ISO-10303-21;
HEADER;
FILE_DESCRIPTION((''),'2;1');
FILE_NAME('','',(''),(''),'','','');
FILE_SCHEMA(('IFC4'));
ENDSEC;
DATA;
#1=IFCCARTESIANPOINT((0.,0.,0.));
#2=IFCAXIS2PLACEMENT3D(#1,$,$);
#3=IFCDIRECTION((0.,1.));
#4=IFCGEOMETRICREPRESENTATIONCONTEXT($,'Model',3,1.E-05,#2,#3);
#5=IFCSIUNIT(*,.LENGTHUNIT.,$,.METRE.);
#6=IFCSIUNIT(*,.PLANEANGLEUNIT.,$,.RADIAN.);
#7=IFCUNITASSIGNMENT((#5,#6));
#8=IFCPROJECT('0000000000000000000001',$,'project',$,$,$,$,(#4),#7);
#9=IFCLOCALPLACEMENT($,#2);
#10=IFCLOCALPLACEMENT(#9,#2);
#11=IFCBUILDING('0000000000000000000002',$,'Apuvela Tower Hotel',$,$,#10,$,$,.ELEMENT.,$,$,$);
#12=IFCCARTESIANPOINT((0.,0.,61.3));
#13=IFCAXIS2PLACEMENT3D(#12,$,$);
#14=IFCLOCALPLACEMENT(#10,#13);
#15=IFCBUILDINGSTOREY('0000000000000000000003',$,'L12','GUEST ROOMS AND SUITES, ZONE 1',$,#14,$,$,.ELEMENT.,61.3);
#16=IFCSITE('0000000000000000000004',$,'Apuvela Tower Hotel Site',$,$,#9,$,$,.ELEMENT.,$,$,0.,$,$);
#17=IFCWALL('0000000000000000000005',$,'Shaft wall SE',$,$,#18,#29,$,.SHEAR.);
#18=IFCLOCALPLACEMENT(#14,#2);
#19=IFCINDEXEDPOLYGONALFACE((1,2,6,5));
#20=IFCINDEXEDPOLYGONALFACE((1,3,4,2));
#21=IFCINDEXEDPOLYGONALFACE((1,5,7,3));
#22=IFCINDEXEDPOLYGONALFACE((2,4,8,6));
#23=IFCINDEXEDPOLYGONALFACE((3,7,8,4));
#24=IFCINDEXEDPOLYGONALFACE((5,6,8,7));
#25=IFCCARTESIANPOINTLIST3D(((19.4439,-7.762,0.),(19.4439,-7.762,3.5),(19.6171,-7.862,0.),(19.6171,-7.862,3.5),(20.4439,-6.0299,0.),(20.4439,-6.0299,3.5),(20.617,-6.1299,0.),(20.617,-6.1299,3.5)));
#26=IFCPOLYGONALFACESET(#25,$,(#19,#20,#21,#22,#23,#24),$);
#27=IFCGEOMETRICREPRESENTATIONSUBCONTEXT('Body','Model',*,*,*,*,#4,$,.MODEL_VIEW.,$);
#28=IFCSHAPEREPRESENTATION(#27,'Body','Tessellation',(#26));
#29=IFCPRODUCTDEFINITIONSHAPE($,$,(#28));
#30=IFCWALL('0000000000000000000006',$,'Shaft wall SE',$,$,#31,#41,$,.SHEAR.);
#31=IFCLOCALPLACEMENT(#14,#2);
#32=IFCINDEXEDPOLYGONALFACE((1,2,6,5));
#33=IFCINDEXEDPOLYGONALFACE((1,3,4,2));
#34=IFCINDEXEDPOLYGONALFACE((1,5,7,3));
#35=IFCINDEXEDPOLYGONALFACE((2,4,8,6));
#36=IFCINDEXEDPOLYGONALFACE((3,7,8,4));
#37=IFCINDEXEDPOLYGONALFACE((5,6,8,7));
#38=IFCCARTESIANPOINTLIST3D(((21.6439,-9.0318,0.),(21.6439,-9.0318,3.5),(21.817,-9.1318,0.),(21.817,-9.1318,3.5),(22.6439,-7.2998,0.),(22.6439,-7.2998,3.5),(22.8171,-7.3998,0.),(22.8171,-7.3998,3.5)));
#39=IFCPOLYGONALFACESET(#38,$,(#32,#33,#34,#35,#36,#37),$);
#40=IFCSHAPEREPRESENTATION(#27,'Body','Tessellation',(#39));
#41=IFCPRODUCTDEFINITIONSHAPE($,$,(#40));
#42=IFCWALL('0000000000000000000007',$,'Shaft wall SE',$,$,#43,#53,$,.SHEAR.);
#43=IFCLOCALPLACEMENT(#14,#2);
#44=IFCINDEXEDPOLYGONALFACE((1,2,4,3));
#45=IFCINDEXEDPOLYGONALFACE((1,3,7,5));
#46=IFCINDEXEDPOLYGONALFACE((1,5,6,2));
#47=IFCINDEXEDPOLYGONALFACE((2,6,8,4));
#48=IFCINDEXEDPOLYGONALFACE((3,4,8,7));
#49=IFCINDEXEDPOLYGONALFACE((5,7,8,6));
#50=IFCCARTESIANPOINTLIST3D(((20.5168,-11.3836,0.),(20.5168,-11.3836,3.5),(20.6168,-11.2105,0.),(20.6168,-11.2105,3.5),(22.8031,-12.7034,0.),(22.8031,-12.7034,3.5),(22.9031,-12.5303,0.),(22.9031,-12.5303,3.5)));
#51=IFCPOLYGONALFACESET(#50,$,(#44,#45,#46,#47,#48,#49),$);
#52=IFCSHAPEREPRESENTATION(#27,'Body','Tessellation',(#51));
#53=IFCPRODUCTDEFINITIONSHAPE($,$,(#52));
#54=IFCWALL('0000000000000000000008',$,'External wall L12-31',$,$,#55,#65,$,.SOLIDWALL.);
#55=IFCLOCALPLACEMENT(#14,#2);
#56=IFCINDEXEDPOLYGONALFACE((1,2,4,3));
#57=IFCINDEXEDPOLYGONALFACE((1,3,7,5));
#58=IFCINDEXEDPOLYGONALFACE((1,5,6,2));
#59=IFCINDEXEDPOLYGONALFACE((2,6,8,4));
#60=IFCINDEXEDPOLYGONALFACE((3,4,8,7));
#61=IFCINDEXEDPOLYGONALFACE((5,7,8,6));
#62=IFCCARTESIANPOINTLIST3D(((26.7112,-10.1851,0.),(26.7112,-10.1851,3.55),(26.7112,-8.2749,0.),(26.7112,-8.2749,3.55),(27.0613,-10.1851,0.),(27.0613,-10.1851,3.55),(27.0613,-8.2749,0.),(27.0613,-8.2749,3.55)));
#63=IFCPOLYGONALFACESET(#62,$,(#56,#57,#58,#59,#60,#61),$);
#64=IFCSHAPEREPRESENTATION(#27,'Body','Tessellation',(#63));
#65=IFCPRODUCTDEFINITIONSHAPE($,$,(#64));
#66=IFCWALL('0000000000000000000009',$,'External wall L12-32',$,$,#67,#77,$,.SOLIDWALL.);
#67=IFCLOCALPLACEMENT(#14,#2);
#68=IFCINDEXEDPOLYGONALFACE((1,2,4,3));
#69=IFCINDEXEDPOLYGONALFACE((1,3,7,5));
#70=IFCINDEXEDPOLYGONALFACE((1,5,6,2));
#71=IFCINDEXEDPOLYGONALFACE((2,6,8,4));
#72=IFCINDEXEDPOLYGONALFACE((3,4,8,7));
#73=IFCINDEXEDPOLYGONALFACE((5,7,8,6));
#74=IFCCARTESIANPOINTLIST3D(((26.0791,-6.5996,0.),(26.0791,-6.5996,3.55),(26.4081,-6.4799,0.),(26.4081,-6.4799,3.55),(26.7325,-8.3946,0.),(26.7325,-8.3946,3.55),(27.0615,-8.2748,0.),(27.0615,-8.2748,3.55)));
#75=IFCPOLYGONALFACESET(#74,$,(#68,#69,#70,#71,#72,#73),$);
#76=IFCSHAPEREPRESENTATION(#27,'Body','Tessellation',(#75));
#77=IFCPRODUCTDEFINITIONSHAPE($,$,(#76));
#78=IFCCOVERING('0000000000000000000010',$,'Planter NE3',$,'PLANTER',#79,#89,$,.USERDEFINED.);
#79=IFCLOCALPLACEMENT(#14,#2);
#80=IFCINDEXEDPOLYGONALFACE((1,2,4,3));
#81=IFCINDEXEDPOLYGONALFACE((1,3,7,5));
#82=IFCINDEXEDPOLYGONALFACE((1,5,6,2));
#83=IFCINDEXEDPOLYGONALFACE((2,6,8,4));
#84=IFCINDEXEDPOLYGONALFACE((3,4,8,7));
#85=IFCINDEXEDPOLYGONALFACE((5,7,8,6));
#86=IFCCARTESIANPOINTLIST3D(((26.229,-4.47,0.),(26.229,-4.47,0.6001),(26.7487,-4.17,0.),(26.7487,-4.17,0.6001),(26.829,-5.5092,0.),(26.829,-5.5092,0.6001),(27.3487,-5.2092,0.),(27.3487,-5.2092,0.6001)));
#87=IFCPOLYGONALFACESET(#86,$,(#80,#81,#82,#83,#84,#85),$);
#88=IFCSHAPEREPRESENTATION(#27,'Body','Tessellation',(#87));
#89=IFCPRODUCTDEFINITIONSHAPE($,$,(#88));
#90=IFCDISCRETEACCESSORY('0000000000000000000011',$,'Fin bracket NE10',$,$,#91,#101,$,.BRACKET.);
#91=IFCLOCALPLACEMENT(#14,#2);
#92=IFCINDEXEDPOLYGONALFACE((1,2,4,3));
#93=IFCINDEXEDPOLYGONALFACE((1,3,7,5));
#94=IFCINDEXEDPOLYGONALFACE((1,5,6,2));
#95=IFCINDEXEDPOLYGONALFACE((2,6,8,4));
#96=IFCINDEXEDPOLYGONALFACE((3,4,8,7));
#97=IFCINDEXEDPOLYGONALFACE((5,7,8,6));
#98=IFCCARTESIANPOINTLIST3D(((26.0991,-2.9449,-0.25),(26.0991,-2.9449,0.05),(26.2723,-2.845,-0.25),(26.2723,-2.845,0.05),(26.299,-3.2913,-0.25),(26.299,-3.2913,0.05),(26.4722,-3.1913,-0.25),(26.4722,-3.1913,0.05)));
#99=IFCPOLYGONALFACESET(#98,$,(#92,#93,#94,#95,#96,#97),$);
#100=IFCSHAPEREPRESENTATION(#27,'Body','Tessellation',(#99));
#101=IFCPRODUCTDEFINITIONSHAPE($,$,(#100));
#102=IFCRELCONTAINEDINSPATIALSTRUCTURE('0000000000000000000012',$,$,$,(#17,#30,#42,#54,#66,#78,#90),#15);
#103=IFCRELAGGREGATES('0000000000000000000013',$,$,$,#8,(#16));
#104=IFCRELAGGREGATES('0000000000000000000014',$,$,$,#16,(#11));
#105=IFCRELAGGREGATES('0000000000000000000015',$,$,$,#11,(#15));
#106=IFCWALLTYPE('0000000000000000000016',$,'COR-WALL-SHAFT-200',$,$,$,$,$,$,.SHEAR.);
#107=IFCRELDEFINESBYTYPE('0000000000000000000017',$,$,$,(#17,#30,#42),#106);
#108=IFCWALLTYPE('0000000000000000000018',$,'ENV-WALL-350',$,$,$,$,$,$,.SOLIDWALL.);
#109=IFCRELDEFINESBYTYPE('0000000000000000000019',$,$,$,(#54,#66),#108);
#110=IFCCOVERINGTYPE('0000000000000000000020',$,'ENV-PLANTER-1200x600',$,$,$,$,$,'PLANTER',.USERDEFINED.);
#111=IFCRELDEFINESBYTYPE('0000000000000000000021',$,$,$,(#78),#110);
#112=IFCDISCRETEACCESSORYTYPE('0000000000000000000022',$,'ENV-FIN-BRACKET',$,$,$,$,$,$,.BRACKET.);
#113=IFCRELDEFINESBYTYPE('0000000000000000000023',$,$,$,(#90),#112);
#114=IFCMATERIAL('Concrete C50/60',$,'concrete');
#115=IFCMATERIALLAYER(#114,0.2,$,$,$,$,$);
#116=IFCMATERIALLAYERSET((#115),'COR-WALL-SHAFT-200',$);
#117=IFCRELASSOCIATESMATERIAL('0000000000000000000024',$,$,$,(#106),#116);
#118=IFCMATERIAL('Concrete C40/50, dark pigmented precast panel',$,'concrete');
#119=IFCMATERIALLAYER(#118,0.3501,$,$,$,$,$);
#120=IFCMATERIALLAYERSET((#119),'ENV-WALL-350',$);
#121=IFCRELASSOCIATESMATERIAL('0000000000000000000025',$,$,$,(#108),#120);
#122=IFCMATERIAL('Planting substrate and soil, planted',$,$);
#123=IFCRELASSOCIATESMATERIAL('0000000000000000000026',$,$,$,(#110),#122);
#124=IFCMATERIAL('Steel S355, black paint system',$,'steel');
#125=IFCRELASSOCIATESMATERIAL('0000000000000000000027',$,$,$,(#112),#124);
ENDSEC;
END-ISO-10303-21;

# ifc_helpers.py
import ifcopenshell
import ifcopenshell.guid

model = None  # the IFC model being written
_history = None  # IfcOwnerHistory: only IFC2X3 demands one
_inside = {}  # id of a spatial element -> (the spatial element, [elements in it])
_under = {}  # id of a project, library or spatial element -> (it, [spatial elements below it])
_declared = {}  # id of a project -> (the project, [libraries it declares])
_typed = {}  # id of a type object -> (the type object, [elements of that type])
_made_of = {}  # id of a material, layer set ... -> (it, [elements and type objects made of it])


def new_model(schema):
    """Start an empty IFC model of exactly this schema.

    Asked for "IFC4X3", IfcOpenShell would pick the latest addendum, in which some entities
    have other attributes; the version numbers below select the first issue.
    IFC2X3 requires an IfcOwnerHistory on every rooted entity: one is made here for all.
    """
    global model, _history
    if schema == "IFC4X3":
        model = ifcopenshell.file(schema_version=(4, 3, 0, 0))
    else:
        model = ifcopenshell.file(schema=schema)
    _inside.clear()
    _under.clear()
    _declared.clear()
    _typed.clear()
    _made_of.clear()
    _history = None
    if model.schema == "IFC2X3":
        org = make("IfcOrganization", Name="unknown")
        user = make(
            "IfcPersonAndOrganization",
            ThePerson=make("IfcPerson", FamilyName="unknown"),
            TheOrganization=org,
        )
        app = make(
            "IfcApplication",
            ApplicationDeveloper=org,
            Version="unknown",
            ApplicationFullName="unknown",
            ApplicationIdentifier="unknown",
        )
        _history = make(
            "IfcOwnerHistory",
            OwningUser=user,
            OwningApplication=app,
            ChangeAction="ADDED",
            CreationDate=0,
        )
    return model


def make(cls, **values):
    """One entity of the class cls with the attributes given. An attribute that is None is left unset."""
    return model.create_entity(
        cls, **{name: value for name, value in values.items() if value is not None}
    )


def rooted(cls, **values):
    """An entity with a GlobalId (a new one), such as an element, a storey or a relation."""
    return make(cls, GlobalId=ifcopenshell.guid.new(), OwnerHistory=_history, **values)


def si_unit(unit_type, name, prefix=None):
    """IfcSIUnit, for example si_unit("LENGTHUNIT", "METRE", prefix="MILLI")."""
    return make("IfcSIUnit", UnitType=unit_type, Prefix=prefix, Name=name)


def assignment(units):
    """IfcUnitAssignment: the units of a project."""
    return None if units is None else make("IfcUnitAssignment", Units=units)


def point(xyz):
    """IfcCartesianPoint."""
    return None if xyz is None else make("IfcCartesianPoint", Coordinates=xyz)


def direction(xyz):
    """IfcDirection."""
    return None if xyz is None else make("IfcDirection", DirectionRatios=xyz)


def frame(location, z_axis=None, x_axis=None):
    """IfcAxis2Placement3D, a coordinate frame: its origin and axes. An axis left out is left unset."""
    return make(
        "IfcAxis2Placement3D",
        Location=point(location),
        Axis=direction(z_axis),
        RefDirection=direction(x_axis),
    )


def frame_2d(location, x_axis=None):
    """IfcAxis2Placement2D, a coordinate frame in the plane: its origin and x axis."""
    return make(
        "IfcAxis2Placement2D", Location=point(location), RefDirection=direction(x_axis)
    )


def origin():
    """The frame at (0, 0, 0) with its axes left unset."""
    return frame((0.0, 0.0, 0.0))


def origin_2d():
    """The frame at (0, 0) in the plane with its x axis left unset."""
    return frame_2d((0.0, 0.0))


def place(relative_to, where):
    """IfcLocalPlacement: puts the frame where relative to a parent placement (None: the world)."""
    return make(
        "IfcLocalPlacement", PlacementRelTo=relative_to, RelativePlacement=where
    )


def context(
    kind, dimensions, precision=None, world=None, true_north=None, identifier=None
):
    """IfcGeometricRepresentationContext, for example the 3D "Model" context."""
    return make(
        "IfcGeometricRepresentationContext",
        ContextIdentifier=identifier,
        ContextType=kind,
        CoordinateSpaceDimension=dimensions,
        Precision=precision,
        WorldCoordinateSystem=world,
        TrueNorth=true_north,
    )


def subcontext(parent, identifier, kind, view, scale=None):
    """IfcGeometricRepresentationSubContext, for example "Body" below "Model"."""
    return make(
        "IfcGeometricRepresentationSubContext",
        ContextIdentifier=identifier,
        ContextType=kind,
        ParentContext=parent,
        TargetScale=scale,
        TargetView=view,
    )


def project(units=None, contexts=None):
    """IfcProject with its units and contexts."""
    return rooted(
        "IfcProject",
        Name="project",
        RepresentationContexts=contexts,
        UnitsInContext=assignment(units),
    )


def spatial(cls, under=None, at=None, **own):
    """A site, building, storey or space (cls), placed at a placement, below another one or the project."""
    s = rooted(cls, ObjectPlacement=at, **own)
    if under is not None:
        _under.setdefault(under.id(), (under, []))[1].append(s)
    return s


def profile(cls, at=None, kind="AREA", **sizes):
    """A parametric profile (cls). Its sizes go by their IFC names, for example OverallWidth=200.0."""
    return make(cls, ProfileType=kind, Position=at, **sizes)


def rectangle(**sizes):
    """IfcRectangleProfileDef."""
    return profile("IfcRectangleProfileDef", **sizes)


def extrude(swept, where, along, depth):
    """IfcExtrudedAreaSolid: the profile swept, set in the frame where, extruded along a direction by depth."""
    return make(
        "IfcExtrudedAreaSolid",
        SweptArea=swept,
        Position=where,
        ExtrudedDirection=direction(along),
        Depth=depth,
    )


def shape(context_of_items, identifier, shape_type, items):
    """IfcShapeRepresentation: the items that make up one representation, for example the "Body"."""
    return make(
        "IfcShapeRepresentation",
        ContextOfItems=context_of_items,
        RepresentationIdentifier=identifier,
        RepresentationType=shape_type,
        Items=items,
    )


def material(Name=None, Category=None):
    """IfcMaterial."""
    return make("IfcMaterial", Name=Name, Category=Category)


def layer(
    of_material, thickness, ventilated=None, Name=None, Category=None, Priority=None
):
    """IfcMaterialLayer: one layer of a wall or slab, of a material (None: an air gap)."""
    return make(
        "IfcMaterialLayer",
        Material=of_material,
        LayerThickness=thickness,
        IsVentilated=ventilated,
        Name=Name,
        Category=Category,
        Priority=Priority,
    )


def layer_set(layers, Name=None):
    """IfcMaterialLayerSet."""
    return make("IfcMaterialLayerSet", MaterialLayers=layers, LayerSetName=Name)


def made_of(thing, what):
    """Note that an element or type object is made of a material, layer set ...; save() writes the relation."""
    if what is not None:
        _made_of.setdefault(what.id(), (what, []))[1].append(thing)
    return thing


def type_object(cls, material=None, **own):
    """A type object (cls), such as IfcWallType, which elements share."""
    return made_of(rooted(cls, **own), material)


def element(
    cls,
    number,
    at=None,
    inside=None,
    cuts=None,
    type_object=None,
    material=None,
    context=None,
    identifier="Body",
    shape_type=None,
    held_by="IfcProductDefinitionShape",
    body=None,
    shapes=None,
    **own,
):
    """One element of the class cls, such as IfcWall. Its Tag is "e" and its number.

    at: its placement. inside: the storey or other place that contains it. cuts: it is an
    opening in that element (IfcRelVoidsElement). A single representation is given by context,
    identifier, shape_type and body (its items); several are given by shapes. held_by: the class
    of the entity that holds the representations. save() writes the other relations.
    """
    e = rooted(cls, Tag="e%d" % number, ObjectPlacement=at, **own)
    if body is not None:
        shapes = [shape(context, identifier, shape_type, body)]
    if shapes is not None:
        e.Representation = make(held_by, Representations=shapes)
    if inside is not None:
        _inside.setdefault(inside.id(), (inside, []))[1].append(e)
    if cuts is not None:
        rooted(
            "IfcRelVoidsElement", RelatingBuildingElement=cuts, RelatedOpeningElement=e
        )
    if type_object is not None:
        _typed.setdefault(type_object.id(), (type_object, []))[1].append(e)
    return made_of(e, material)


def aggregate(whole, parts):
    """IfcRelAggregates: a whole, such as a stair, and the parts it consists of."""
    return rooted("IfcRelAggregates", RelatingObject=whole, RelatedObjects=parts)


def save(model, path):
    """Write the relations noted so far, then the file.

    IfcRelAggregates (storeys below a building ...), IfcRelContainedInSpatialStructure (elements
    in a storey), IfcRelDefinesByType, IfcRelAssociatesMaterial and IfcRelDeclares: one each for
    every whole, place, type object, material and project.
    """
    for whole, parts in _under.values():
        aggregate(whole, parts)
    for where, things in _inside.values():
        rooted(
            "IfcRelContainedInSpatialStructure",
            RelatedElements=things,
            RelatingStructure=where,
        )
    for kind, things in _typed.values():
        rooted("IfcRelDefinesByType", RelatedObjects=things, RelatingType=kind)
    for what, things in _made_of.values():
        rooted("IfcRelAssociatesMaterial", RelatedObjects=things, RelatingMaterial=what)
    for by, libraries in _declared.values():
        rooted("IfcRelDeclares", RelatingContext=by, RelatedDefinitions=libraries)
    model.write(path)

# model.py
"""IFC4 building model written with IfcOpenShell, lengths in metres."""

from ifc_helpers import new_model, si_unit, direction, frame, frame_2d, origin, origin_2d, place, context, subcontext, project, spatial, rectangle, extrude, material, layer, layer_set, type_object, element, save


model = new_model("IFC4")

# Units and contexts
model_context = context("Model", 3, precision=1e-05, world=origin(), true_north=direction((0.0, 1.0)))
body_context = subcontext(model_context, "Body", "Model", "MODEL_VIEW")
ifc_project = project(units=[si_unit("LENGTHUNIT", "METRE"), si_unit("PLANEANGLEUNIT", "RADIAN")], contexts=[model_context])

# Site, building, storey
site_placement = place(None, origin())
site = spatial("IfcSite", under=ifc_project, at=site_placement, Name="Apuvela Tower Hotel Site", CompositionType="ELEMENT", RefElevation=0.0)
building_placement = place(site_placement, origin())
building = spatial("IfcBuilding", under=site, at=building_placement, Name="Apuvela Tower Hotel", CompositionType="ELEMENT")
storey_placement = place(building_placement, frame((0.0, 0.0, 61.3)))
storey = spatial("IfcBuildingStorey", under=building, at=storey_placement, Name="L12", Description="GUEST ROOMS AND SUITES, ZONE 1", CompositionType="ELEMENT", Elevation=61.3)

# Walls
ifc_material_1 = material(Name="Concrete C50/60", Category="concrete")
ifc_layer_1 = layer(ifc_material_1, 0.2)
ifc_layer_set_1 = layer_set([ifc_layer_1], Name="COR-WALL-SHAFT-200")
wall_type_1 = type_object("IfcWallType", Name="COR-WALL-SHAFT-200", PredefinedType="SHEAR", material=ifc_layer_set_1)
for number, where, z_axis, x_axis, name in (
    (1, (19.5305, -7.812, 0.0), (0.0, 0.0, 1.0), (0.499973, 0.866041, 0.0), "Shaft wall SE"),
    (2, (21.7305, -9.0818, 0.0), (0.0, 0.0, 1.0), (0.500025, 0.866011, 0.0), "Shaft wall SE"),
):
    element("IfcWall", number, at=place(storey_placement, frame(where, z_axis=z_axis, x_axis=x_axis)), inside=storey, type_object=wall_type_1, Name=name, PredefinedType="SHEAR", context=body_context, shape_type="SweptSolid", body=[
        extrude(rectangle(XDim=2.0, YDim=0.2, at=frame_2d((1.0, 0.0))), origin(), (0.0, 0.0, 1.0), 3.5),
    ])
wall_1_placement = place(storey_placement, frame((20.5669, -11.2971, 0.0), z_axis=(0.0, 0.0, 1.0), x_axis=(0.866061, -0.499939, 0.0)))
element("IfcWall", 3, at=wall_1_placement, inside=storey, type_object=wall_type_1, Name="Shaft wall SE", PredefinedType="SHEAR", context=body_context, shape_type="SweptSolid", body=[
    extrude(rectangle(XDim=2.6399, YDim=0.2, at=frame_2d((1.3198, 0.0))), origin(), (0.0, 0.0, 1.0), 3.5),
])
ifc_material_2 = material(Name="Concrete C40/50, dark pigmented precast panel", Category="concrete")
ifc_layer_2 = layer(ifc_material_2, 0.3501)
ifc_layer_set_2 = layer_set([ifc_layer_2], Name="ENV-WALL-350")
wall_type_2 = type_object("IfcWallType", Name="ENV-WALL-350", PredefinedType="SOLIDWALL", material=ifc_layer_set_2)
for number, where, z_axis, x_axis, name in (
    (4, (26.8862, -10.1851, 0.0), (0.0, 0.0, 1.0), (0.0, 1.0, 0.0), "External wall L12-31"),
    (5, (26.897, -8.3347, 0.0), (0.0, 0.0, 1.0), (-0.34203, 0.939689, 0.0), "External wall L12-32"),
):
    element("IfcWall", number, at=place(storey_placement, frame(where, z_axis=z_axis, x_axis=x_axis)), inside=storey, type_object=wall_type_2, Name=name, PredefinedType="SOLIDWALL", context=body_context, shape_type="SweptSolid", body=[
        extrude(rectangle(XDim=1.9102, YDim=0.3501, at=frame_2d((0.9551, 0.0))), origin(), (0.0, 0.0, 1.0), 3.55),
    ])

# Covering
ifc_material_3 = material(Name="Planting substrate and soil, planted")
covering_type = type_object("IfcCoveringType", Name="ENV-PLANTER-1200x600", ElementType="PLANTER", PredefinedType="USERDEFINED", material=ifc_material_3)
covering_placement = place(storey_placement, frame((26.7888, -4.8396, 0.0), z_axis=(0.0, 0.0, 1.0), x_axis=(-0.5, 0.866025, 0.0)))
element("IfcCovering", 6, at=covering_placement, inside=storey, type_object=covering_type, Name="Planter NE3", ObjectType="PLANTER", PredefinedType="USERDEFINED", context=body_context, shape_type="SweptSolid", body=[
    extrude(rectangle(XDim=1.2, YDim=0.6001, at=origin_2d()), origin(), (0.0, 0.0, 1.0), 0.6001),
])

# Discrete accessory
ifc_material_4 = material(Name="Steel S355, black paint system", Category="steel")
discrete_accessory_type = type_object("IfcDiscreteAccessoryType", Name="ENV-FIN-BRACKET", PredefinedType="BRACKET", material=ifc_material_4)
discrete_accessory_placement = place(storey_placement, frame((26.2856, -3.0681, -0.25), z_axis=(0.0, 0.0, 1.0), x_axis=(-0.5, 0.866025, 0.0)))
element("IfcDiscreteAccessory", 7, at=discrete_accessory_placement, inside=storey, type_object=discrete_accessory_type, Name="Fin bracket NE10", PredefinedType="BRACKET", context=body_context, shape_type="SweptSolid", body=[
    extrude(rectangle(XDim=0.3999, YDim=0.2, at=origin_2d()), origin(), (0.0, 0.0, 1.0), 0.3),
])

save(model, "model.ifc")
